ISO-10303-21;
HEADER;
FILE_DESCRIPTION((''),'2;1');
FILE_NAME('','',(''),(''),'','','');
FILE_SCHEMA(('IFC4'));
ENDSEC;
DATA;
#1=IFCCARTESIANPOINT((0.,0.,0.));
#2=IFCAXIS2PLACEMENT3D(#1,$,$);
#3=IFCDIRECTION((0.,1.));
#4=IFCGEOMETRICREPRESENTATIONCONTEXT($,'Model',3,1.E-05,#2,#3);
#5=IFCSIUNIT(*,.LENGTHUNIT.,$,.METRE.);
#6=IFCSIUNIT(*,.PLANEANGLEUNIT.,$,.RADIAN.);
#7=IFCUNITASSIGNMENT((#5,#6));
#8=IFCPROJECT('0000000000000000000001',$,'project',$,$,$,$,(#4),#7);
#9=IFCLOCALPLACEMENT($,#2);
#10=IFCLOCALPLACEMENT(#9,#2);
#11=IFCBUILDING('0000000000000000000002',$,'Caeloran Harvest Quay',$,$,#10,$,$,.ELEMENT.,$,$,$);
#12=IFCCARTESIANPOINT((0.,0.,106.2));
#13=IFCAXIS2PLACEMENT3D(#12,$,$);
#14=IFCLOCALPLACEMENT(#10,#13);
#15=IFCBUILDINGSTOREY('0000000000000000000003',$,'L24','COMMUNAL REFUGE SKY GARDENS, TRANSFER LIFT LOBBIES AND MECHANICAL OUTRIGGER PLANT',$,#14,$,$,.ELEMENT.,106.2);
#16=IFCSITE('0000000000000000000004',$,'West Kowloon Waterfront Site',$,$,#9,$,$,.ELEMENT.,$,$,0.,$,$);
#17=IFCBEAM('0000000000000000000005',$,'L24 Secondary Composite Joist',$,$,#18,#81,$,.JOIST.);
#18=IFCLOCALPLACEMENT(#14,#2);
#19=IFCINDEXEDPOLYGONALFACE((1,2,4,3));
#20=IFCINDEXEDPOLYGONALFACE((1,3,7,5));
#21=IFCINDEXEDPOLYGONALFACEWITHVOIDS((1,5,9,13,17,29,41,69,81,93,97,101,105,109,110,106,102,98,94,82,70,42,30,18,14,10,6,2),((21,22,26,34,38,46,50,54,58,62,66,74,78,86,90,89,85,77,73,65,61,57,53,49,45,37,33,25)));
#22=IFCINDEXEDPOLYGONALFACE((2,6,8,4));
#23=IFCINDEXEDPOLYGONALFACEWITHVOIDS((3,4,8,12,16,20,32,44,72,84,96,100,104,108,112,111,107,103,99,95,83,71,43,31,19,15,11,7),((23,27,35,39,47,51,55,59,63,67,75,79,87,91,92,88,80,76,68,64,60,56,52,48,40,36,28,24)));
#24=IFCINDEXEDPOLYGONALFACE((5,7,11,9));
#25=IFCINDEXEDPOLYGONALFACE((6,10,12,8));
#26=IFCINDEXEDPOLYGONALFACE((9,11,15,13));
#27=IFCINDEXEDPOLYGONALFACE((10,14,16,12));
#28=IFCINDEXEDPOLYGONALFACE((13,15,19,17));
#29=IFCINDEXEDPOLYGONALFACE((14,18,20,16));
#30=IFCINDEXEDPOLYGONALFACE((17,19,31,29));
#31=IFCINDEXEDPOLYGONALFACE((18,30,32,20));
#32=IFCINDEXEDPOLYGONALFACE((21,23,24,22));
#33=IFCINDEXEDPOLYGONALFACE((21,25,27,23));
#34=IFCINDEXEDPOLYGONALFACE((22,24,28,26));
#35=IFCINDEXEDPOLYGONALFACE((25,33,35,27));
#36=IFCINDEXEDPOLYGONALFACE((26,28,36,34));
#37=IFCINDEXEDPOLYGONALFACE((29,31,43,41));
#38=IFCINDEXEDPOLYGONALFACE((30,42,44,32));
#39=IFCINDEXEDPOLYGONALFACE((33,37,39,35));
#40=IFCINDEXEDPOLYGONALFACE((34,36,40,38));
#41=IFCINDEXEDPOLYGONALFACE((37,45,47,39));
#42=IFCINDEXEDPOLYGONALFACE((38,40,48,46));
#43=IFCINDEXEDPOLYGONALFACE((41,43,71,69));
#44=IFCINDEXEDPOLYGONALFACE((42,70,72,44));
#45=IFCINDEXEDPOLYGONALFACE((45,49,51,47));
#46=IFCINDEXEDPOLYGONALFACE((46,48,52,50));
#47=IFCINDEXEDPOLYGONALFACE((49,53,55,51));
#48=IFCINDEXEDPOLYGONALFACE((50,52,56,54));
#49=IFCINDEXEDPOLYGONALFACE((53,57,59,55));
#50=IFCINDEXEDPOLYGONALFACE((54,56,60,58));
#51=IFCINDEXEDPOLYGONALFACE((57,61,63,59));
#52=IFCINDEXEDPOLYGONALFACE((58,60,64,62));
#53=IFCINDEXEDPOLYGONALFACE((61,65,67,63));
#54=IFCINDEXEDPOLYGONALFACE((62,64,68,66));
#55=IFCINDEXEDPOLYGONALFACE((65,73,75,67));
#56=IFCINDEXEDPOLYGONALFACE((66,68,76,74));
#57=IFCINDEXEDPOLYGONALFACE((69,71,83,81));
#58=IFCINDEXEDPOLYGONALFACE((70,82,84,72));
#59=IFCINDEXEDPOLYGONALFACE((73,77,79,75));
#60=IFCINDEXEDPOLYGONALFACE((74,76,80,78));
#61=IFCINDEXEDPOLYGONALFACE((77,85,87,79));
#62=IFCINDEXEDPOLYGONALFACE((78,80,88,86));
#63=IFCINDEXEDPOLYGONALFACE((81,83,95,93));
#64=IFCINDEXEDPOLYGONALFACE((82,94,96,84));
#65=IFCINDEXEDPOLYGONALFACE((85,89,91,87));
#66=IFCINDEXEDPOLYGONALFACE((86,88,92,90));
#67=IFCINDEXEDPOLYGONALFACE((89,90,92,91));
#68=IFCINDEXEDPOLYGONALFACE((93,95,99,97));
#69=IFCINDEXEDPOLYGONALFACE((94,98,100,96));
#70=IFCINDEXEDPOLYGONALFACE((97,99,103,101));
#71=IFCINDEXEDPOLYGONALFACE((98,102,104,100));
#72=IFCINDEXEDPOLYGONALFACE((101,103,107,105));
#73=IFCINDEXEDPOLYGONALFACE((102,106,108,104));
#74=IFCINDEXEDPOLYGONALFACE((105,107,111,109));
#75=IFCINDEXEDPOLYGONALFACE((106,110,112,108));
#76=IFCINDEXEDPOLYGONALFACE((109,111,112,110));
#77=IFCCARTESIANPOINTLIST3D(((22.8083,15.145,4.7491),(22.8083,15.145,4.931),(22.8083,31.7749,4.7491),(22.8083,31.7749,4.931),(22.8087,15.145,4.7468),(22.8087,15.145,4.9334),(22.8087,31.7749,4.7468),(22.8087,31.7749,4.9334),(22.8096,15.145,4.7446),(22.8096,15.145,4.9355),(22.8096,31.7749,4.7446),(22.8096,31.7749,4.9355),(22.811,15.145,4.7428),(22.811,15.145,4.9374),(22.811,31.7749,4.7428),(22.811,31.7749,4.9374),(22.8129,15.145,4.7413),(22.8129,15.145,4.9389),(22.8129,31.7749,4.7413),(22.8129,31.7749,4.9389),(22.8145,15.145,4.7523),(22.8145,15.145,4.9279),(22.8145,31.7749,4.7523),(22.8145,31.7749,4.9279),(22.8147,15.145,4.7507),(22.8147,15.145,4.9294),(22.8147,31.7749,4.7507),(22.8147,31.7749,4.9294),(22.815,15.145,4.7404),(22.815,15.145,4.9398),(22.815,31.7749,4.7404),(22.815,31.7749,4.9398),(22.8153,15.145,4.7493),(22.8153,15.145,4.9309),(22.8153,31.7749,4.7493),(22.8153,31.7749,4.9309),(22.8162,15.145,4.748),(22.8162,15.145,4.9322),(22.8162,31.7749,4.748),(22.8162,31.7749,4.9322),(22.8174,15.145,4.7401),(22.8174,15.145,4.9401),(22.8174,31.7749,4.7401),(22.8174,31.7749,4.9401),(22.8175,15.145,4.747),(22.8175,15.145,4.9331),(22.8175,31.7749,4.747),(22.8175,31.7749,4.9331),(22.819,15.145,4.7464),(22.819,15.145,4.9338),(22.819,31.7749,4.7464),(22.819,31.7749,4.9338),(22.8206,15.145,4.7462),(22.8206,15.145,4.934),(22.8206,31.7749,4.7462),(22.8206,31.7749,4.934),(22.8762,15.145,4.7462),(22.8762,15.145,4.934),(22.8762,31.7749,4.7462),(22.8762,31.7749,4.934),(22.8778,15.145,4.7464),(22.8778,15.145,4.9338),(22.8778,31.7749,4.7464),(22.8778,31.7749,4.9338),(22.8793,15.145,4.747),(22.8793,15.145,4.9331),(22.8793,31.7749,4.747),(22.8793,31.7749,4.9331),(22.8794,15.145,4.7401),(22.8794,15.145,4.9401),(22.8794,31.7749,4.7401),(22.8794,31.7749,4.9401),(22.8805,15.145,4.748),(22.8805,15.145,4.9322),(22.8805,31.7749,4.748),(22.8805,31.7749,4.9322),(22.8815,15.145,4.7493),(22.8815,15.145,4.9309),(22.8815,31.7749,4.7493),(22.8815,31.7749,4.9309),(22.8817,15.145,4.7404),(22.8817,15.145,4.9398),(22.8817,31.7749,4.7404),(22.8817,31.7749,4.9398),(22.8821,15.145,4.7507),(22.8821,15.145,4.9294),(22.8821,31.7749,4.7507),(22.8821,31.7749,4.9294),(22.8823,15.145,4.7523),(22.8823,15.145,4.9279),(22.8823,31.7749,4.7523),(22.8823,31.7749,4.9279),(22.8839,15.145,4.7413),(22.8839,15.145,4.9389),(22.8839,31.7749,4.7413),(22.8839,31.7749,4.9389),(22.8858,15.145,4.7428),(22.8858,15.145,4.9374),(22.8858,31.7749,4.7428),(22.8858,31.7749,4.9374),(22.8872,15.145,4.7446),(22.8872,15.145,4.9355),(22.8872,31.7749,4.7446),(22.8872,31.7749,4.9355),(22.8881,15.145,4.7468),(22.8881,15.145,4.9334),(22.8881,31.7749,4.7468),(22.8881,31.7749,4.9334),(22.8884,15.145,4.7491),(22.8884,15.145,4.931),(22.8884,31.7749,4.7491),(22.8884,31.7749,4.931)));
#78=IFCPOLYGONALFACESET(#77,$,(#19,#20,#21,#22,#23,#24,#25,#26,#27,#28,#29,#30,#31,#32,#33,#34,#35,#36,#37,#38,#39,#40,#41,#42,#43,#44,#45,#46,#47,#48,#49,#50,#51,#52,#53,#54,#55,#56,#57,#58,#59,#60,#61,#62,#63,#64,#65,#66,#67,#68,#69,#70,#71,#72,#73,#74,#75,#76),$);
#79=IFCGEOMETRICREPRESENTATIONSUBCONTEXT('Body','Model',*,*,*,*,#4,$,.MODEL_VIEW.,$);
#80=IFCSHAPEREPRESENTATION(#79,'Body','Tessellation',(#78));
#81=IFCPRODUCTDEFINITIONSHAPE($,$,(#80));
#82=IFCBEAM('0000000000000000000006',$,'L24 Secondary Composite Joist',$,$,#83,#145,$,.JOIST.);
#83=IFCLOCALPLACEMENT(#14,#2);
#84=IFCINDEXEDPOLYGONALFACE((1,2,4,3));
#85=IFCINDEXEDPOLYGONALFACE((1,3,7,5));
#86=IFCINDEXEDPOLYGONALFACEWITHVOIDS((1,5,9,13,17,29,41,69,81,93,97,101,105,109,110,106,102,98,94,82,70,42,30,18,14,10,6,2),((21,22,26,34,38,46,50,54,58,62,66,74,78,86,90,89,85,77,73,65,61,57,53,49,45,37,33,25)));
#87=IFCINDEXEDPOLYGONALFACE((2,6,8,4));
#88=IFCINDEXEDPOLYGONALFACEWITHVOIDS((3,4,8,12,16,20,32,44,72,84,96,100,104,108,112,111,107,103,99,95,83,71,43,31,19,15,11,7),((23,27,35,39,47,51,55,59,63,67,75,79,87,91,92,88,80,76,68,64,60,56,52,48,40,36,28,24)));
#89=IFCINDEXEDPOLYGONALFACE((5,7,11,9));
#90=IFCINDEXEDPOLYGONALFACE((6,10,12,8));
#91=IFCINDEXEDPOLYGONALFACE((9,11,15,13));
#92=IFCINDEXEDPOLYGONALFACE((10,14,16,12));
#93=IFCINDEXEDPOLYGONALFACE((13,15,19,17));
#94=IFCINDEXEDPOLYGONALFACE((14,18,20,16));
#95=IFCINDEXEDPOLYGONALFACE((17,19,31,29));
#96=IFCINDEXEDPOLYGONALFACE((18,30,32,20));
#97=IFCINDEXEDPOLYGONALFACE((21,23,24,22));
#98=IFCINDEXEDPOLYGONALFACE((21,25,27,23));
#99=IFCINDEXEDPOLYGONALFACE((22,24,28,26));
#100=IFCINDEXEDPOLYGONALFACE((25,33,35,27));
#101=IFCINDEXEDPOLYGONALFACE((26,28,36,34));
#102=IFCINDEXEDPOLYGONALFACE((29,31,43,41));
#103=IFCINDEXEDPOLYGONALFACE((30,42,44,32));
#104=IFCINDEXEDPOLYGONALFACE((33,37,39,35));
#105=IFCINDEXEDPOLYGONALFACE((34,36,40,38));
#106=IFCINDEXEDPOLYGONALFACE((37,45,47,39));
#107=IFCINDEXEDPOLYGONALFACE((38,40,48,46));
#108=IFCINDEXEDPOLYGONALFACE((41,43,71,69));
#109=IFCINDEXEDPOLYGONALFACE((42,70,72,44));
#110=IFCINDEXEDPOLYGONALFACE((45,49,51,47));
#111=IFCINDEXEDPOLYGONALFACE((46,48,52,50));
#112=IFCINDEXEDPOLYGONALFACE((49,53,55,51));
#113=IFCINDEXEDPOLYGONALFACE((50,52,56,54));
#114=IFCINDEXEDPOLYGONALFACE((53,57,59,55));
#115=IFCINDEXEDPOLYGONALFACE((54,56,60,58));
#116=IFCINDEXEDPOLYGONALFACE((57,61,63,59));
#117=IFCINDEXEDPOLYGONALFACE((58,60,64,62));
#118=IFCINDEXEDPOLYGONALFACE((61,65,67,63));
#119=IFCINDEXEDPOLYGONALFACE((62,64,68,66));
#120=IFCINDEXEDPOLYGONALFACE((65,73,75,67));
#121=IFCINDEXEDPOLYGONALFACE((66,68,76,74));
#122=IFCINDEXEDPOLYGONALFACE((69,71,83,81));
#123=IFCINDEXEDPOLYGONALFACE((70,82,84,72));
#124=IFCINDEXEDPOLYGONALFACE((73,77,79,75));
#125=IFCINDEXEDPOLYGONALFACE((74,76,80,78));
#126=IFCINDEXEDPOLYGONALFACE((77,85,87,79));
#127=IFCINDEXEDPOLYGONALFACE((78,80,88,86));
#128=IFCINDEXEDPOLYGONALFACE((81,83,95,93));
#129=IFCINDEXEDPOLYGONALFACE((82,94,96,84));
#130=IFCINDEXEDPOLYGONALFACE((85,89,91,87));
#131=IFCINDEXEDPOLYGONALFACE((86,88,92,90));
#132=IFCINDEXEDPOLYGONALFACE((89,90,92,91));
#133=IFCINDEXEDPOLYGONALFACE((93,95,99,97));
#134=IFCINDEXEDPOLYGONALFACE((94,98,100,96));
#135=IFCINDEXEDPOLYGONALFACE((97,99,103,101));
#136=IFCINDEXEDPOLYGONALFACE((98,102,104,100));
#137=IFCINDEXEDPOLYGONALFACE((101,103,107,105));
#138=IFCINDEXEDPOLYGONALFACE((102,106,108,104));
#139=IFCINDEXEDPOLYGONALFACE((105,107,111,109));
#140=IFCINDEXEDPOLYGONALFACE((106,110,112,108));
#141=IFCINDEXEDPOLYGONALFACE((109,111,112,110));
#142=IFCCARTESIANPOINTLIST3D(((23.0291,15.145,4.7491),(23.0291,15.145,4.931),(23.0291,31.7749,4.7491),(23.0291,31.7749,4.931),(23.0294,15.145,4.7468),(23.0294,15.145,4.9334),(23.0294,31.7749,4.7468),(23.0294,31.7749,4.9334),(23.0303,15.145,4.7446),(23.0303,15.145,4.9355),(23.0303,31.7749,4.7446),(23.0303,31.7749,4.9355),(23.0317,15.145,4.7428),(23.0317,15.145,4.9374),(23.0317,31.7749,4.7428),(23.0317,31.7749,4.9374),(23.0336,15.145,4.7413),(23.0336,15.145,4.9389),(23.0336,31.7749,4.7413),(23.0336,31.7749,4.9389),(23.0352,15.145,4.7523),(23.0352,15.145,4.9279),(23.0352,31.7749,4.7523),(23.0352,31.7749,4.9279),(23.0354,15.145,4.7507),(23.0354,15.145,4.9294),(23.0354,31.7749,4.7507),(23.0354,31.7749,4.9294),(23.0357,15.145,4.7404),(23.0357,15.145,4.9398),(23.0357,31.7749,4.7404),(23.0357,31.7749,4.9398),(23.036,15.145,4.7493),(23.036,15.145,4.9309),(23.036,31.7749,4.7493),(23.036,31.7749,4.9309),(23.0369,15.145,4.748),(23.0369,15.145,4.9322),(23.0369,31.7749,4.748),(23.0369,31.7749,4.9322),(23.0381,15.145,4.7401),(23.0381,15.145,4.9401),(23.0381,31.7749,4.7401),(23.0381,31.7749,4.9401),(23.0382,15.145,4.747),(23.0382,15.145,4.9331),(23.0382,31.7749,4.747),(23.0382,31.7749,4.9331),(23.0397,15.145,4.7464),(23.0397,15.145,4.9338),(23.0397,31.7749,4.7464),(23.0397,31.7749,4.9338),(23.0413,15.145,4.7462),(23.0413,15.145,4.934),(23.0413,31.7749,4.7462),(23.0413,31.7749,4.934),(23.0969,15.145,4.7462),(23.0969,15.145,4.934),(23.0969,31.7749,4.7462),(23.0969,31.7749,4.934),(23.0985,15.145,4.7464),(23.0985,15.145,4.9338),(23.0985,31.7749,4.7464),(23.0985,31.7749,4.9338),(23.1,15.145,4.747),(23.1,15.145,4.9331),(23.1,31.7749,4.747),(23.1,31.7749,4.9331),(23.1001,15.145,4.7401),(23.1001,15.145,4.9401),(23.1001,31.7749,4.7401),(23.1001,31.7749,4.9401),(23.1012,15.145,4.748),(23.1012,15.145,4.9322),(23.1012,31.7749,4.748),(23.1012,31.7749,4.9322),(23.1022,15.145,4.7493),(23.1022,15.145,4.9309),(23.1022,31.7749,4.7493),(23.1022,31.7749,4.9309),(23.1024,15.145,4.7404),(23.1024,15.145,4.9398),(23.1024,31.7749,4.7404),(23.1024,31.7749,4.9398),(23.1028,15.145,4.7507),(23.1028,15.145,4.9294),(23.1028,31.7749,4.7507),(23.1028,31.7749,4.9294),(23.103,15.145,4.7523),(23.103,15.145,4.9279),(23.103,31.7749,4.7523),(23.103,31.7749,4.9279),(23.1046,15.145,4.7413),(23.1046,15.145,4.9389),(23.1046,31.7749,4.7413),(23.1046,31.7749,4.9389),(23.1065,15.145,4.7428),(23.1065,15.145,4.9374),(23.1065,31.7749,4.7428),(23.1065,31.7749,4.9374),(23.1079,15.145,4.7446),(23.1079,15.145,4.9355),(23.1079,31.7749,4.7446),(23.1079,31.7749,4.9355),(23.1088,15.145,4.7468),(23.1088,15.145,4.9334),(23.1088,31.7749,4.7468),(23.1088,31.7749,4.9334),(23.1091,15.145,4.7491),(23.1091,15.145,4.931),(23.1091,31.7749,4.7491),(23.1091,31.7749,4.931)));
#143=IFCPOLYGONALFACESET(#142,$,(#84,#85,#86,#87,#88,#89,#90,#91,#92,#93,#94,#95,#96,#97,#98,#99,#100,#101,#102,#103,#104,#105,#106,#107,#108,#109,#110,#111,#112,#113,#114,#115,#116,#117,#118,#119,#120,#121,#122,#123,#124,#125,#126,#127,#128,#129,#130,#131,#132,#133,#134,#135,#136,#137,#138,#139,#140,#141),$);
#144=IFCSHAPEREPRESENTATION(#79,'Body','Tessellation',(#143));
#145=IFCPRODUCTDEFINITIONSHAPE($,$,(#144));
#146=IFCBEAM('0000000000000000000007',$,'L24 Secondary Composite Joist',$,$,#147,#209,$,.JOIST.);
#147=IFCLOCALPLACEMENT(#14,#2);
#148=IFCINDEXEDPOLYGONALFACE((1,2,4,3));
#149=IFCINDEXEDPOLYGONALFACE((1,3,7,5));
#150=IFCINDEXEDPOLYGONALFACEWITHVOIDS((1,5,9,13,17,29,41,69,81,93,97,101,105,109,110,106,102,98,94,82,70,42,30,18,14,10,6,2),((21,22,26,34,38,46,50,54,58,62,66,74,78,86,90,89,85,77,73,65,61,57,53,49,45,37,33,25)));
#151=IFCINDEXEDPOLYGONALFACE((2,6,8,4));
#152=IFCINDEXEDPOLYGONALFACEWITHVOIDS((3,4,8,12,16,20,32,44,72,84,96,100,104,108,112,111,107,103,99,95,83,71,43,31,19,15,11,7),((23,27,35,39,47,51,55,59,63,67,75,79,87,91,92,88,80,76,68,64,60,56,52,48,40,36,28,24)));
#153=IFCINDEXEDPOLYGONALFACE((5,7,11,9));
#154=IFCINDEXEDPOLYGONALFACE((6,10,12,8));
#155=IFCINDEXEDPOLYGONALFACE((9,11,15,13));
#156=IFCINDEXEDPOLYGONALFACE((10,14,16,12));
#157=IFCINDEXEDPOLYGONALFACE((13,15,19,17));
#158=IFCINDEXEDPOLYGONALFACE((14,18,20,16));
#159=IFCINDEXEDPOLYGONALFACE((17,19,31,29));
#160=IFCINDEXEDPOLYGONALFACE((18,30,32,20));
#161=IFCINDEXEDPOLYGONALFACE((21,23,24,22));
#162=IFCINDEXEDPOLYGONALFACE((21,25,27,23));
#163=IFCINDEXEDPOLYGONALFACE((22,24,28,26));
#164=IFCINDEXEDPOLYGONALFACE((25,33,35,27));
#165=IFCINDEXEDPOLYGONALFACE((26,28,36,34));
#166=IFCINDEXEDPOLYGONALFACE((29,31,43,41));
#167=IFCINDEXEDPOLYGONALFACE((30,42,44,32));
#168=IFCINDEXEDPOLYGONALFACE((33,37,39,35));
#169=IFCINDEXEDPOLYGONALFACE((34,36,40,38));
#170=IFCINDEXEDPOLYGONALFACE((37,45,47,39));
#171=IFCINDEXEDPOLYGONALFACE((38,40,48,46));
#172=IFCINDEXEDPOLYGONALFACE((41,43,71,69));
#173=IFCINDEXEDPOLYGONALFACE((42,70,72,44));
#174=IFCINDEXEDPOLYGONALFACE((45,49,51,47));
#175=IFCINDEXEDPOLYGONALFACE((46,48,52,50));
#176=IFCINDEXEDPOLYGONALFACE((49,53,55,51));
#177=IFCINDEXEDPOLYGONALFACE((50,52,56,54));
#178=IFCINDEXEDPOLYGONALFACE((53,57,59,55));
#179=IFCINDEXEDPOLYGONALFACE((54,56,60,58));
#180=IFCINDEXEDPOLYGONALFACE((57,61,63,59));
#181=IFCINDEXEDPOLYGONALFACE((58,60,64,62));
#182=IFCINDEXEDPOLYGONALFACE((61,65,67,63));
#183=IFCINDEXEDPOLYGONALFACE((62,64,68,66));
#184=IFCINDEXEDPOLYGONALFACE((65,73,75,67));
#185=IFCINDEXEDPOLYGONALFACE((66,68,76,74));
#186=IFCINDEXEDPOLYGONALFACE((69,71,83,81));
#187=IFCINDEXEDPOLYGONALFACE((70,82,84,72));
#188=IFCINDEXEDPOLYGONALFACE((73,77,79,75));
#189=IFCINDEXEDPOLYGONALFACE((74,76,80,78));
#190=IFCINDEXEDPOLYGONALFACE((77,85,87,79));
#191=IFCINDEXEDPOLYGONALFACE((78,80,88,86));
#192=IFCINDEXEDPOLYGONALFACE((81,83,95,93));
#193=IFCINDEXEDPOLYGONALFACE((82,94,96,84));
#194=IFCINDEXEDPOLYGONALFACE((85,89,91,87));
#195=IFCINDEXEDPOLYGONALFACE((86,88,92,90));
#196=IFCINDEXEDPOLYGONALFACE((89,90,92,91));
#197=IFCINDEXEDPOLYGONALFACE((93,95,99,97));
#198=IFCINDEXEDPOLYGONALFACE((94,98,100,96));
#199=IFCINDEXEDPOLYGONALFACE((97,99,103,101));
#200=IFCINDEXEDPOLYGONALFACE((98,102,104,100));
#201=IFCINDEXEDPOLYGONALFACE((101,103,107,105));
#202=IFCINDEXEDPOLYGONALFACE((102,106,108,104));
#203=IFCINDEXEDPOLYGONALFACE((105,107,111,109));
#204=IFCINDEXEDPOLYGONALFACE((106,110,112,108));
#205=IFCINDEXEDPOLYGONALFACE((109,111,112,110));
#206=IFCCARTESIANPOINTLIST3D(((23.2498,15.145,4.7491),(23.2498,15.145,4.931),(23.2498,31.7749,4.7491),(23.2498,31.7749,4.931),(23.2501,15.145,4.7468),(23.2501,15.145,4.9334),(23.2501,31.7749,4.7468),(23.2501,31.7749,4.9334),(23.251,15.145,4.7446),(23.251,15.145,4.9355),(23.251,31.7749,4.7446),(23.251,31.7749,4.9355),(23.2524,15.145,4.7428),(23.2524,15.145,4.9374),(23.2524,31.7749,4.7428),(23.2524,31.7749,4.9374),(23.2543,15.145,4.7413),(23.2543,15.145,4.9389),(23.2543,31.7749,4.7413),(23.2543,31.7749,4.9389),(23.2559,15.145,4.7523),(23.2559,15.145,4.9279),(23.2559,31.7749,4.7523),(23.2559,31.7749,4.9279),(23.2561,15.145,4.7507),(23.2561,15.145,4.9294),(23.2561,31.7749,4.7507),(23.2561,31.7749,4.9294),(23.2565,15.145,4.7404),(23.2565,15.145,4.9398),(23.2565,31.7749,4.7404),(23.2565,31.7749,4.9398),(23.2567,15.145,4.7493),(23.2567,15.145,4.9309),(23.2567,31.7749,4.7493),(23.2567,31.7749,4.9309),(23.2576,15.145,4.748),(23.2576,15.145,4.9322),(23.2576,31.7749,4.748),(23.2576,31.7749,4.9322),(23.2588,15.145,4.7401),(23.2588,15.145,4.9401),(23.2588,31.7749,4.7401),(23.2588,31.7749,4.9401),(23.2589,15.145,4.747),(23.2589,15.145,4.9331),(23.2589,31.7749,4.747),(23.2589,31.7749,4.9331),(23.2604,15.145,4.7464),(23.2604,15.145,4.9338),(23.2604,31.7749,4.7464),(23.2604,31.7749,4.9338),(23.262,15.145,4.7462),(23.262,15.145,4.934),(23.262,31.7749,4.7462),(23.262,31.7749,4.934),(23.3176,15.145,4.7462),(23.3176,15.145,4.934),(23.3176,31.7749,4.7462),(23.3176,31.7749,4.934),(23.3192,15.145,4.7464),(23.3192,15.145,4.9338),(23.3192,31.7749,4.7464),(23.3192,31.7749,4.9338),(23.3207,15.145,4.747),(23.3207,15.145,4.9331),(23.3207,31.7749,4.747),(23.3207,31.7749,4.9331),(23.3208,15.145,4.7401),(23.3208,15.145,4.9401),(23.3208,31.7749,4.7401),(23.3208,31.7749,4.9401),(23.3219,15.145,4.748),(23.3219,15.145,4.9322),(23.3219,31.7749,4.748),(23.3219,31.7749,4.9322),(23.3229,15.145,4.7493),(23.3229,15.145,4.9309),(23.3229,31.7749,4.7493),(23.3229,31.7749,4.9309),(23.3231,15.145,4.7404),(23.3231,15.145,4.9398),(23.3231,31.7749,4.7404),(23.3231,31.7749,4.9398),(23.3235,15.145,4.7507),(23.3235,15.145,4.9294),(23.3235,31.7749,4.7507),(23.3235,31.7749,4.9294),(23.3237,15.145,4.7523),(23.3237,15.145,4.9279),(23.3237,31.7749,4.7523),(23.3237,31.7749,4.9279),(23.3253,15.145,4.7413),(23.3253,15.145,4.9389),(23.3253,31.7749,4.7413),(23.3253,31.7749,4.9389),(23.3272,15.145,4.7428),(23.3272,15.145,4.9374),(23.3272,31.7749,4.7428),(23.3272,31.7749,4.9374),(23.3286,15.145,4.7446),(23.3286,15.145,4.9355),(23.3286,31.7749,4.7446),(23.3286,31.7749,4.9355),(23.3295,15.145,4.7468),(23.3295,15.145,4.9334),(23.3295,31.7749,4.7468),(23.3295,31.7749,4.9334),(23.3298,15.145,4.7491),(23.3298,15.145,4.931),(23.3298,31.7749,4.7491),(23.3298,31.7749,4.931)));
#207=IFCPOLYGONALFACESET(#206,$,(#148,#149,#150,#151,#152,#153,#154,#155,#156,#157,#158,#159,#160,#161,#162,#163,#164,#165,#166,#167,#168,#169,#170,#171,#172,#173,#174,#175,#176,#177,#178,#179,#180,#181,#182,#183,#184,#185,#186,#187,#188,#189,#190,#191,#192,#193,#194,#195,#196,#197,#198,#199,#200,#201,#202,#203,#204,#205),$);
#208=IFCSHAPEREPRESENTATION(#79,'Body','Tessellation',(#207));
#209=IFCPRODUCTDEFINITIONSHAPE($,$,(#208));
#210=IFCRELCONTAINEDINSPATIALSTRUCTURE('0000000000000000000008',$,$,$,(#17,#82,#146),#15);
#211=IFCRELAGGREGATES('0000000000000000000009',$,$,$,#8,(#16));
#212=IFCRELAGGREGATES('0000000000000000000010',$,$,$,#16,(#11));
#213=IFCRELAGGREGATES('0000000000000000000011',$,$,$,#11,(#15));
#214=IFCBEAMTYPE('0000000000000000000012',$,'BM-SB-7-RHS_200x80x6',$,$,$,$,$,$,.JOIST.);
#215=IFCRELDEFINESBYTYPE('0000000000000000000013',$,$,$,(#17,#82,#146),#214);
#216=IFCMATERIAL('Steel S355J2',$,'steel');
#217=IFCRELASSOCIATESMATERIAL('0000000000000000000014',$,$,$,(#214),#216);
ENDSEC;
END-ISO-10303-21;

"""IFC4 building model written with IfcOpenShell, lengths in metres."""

from ifc_helpers import new_model, si_unit, direction, frame, origin, origin_2d, place, context, subcontext, project, spatial, hollow_rectangle, extrude, material, material_profile, profile_set, type_object, element, save


model = new_model("IFC4")

# Units and contexts
model_context = context("Model", 3, precision=1e-05, world=origin(), true_north=direction((0.0, 1.0)))
body_context = subcontext(model_context, "Body", "Model", "MODEL_VIEW")
ifc_project = project(units=[si_unit("LENGTHUNIT", "METRE"), si_unit("PLANEANGLEUNIT", "RADIAN")], contexts=[model_context])

# Site, building, storey
site_placement = place(None, origin())
site = spatial("IfcSite", under=ifc_project, at=site_placement, Name="West Kowloon Waterfront Site", CompositionType="ELEMENT", RefElevation=0.0)
building_placement = place(site_placement, origin())
building = spatial("IfcBuilding", under=site, at=building_placement, Name="Caeloran Harvest Quay", CompositionType="ELEMENT")
storey_placement = place(building_placement, frame((0.0, 0.0, 106.2)))
storey = spatial("IfcBuildingStorey", under=building, at=storey_placement, Name="L24", Description="COMMUNAL REFUGE SKY GARDENS, TRANSFER LIFT LOBBIES AND MECHANICAL OUTRIGGER PLANT", CompositionType="ELEMENT", Elevation=106.2)

# Beams
ifc_material_1 = material(Name="Steel S355J2", Category="steel")
ifc_material_profile_1 = material_profile(ifc_material_1, hollow_rectangle(XDim=0.0801, YDim=0.2, WallThickness=0.0061, InnerFilletRadius=0.0061, OuterFilletRadius=0.009, at=origin_2d()), Name="RHS 200x80x6")
ifc_profile_set_1 = profile_set([ifc_material_profile_1], Name="Steel S355J2")
beam_type_1 = type_object("IfcBeamType", Name="BM-SB-7-RHS_200x80x6", PredefinedType="JOIST", material=ifc_profile_set_1)
for number, where, z_axis, x_axis, name in (
    (1, (22.8484, 15.145, 4.8401), (0.0, 1.0, 0.0), (-1.0, 0.0, 0.0), "L24 Secondary Composite Joist"),
    (2, (23.0691, 15.145, 4.8401), (0.0, 1.0, 0.0), (-1.0, 0.0, 0.0), "L24 Secondary Composite Joist"),
    (3, (23.2898, 15.145, 4.8401), (0.0, 1.0, 0.0), (-1.0, 0.0, 0.0), "L24 Secondary Composite Joist"),
):
    element("IfcBeam", number, at=place(storey_placement, frame(where, z_axis=z_axis, x_axis=x_axis)), inside=storey, type_object=beam_type_1, Name=name, PredefinedType="JOIST", context=body_context, shape_type="SweptSolid", body=[
        extrude(hollow_rectangle(XDim=0.0801, YDim=0.2, WallThickness=0.0061, InnerFilletRadius=0.0061, OuterFilletRadius=0.009, at=origin_2d()), origin(), (0.0, 0.0, 1.0), 16.6299),
    ])

save(model, "model.ifc")
